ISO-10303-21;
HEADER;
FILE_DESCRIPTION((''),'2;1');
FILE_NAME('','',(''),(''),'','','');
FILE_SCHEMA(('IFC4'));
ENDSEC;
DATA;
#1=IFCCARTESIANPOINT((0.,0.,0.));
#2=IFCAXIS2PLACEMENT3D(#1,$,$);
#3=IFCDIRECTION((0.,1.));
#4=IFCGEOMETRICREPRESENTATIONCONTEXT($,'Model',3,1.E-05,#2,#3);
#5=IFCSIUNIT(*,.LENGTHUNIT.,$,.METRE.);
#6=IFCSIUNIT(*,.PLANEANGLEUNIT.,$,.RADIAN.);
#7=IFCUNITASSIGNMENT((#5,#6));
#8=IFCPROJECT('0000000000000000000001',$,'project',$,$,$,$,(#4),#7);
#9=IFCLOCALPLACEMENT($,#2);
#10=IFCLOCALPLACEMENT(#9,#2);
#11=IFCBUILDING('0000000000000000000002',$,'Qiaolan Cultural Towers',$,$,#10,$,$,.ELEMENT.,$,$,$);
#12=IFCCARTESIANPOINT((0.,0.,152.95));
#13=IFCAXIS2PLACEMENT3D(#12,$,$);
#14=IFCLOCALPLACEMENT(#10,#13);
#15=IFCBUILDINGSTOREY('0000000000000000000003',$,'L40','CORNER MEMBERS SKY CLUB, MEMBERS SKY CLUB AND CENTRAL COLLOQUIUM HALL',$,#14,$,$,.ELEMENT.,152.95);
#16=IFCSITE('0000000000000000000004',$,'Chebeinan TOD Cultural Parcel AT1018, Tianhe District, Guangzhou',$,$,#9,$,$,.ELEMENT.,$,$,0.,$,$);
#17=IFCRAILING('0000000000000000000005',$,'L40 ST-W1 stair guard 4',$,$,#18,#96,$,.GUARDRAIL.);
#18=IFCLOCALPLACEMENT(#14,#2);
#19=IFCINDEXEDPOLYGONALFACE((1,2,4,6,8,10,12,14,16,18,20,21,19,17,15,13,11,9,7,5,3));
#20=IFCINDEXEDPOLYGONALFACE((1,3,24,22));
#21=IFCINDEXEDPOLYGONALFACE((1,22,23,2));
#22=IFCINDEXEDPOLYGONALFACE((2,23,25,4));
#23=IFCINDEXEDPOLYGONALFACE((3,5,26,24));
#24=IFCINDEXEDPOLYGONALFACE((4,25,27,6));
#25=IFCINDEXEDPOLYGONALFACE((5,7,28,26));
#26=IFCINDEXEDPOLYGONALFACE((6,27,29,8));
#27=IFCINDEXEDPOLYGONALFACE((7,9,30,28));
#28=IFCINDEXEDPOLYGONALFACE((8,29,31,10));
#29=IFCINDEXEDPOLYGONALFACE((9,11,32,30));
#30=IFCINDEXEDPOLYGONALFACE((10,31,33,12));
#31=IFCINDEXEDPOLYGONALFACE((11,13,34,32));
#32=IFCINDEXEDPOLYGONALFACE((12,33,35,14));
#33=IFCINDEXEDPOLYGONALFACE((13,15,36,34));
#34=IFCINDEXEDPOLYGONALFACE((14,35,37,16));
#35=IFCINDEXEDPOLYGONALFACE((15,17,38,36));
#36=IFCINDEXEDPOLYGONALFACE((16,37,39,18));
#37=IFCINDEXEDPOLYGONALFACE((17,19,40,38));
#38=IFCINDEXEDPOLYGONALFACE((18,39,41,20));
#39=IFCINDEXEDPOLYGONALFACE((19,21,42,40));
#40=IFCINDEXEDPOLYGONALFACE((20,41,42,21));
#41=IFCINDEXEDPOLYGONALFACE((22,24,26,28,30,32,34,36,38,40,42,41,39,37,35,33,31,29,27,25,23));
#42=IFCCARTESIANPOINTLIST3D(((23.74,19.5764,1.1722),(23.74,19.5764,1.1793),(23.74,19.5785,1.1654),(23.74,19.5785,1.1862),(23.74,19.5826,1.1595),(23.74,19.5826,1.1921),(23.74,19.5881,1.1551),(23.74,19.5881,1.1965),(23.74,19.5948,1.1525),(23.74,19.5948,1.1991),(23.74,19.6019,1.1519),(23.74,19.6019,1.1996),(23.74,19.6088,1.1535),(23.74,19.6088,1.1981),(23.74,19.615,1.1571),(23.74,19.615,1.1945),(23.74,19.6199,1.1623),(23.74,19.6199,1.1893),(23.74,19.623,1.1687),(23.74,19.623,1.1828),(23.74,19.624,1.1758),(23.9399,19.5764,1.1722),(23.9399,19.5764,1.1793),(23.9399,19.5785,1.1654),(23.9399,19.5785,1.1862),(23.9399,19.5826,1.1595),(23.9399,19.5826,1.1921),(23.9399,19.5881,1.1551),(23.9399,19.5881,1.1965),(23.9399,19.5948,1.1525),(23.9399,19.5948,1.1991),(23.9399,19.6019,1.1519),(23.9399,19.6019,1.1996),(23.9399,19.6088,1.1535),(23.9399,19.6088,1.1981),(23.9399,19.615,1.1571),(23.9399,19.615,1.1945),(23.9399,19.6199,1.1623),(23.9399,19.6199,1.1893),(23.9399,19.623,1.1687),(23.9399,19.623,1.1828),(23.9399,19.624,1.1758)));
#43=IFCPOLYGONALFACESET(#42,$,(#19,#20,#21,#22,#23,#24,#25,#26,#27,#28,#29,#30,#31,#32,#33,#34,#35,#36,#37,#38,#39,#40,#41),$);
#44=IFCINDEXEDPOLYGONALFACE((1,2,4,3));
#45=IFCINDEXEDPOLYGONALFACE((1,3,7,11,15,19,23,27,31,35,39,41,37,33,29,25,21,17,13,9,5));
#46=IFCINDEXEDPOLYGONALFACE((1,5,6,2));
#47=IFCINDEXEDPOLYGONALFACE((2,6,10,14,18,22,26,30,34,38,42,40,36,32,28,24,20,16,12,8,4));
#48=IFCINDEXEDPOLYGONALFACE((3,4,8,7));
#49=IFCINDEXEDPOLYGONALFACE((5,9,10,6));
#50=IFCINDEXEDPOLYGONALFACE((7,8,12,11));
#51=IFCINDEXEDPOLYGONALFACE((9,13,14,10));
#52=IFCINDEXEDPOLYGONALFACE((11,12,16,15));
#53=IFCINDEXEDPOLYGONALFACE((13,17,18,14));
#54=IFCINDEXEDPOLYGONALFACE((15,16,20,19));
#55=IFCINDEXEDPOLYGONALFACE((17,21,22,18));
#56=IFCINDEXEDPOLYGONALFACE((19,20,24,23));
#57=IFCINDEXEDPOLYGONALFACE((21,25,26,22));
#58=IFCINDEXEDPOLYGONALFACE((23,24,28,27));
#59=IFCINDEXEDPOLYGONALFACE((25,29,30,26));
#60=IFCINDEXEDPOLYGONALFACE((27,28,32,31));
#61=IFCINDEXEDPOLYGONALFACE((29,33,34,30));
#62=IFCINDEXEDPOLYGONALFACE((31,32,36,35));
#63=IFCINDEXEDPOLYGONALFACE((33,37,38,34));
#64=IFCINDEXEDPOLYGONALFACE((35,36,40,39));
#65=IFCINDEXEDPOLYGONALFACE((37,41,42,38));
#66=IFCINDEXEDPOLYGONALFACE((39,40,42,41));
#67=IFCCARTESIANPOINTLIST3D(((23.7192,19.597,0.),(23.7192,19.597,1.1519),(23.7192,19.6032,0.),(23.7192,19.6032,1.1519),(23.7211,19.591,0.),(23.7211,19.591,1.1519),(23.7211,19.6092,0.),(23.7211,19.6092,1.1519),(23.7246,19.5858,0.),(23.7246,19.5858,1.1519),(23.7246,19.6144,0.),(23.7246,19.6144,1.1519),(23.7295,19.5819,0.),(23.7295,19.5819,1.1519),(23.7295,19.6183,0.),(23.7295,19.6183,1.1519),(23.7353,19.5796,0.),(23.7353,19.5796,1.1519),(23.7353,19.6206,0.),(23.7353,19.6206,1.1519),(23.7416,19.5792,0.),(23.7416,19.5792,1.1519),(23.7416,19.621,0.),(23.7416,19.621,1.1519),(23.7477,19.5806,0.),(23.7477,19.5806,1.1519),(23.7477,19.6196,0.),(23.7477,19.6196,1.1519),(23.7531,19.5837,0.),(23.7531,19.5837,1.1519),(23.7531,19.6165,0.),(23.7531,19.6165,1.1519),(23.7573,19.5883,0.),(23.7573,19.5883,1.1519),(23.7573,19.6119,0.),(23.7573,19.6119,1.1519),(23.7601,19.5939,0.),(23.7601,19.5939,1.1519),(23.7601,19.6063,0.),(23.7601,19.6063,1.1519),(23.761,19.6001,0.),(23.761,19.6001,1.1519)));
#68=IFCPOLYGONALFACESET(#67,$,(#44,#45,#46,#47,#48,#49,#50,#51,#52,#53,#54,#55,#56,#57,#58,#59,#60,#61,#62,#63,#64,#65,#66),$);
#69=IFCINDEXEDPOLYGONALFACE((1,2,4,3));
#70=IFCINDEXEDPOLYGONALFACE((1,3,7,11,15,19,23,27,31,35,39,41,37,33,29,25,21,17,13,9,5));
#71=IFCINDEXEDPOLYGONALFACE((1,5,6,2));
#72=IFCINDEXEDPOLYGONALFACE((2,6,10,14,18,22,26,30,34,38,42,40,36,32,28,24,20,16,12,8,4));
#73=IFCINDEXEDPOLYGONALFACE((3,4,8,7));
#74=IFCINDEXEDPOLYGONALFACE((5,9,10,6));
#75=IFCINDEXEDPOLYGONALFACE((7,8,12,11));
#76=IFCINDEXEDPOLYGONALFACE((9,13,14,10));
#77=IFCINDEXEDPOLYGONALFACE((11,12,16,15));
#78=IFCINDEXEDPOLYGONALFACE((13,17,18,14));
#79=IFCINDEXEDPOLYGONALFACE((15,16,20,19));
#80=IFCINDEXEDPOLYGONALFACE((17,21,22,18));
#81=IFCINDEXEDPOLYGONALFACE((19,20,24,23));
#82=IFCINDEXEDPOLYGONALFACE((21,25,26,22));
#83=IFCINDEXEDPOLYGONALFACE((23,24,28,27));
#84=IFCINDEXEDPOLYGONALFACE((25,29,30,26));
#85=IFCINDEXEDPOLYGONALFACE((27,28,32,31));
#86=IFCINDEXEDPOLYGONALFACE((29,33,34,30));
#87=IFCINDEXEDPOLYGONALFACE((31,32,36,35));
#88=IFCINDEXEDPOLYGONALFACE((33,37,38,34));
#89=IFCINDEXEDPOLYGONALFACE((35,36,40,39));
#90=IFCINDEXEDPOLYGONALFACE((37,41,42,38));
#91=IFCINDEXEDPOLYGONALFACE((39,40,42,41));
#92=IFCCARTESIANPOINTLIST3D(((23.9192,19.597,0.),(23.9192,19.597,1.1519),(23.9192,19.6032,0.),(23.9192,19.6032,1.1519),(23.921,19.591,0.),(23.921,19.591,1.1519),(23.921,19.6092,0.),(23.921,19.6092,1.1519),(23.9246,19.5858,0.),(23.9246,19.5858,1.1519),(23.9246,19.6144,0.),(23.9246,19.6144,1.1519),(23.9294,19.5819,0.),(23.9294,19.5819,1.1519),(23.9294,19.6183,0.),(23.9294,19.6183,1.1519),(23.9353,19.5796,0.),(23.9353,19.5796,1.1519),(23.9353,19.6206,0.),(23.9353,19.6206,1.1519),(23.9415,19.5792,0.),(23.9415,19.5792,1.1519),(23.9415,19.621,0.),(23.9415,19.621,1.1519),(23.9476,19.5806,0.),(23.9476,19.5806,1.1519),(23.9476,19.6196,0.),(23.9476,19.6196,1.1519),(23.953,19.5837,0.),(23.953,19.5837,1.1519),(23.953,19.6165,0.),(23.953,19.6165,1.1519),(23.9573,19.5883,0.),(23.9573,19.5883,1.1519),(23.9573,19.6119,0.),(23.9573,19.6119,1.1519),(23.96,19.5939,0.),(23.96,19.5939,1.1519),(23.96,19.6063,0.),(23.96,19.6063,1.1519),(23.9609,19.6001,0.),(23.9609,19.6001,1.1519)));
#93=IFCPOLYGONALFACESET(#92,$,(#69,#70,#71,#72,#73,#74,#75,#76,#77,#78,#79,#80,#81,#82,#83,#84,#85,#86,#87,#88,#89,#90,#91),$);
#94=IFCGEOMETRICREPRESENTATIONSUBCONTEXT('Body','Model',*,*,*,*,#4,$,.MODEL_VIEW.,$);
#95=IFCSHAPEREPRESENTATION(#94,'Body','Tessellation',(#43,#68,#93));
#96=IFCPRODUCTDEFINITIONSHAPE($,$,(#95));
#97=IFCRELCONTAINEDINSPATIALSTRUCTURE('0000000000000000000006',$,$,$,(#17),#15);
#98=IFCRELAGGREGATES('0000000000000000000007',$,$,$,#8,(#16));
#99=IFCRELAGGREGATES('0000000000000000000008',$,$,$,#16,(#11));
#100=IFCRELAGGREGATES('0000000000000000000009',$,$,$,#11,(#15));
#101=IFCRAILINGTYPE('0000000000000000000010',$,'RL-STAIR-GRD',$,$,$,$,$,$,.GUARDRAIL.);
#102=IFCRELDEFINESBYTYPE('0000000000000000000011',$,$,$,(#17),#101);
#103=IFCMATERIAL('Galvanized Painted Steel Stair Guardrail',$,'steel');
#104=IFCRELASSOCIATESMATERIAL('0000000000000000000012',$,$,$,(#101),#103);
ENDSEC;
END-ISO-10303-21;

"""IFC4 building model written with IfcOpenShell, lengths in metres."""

from ifc_helpers import new_model, si_unit, direction, frame, origin, origin_2d, place, context, subcontext, project, spatial, circle, extrude, material, type_object, element, save


model = new_model("IFC4")

# Units and contexts
model_context = context("Model", 3, precision=1e-05, world=origin(), true_north=direction((0.0, 1.0)))
body_context = subcontext(model_context, "Body", "Model", "MODEL_VIEW")
ifc_project = project(units=[si_unit("LENGTHUNIT", "METRE"), si_unit("PLANEANGLEUNIT", "RADIAN")], contexts=[model_context])

# Site, building, storey
site_placement = place(None, origin())
site = spatial("IfcSite", under=ifc_project, at=site_placement, Name="Chebeinan TOD Cultural Parcel AT1018, Tianhe District, Guangzhou", CompositionType="ELEMENT", RefElevation=0.0)
building_placement = place(site_placement, origin())
building = spatial("IfcBuilding", under=site, at=building_placement, Name="Qiaolan Cultural Towers", CompositionType="ELEMENT")
storey_placement = place(building_placement, frame((0.0, 0.0, 152.95)))
storey = spatial("IfcBuildingStorey", under=building, at=storey_placement, Name="L40", Description="CORNER MEMBERS SKY CLUB, MEMBERS SKY CLUB AND CENTRAL COLLOQUIUM HALL", CompositionType="ELEMENT", Elevation=152.95)

# Railing
ifc_material_1 = material(Name="Galvanized Painted Steel Stair Guardrail", Category="steel")
railing_type_1 = type_object("IfcRailingType", Name="RL-STAIR-GRD", PredefinedType="GUARDRAIL", material=ifc_material_1)
railing_1_placement = place(storey_placement, frame((23.74, 19.6001, 0.0)))
element("IfcRailing", 1, at=railing_1_placement, inside=storey, type_object=railing_type_1, Name="L40 ST-W1 stair guard 4", PredefinedType="GUARDRAIL", context=body_context, shape_type="SweptSolid", body=[
    extrude(circle(Radius=0.0239, at=origin_2d()), frame((0.0, 0.0, 1.1758), z_axis=(1.0, 0.0, 0.0), x_axis=(0.0, 1.0, 0.0)), (0.0, 0.0, 1.0), 0.2),
    extrude(circle(Radius=0.021, at=origin_2d()), origin(), (0.0, 0.0, 1.0), 1.1519),
    extrude(circle(Radius=0.021, at=origin_2d()), frame((0.2, 0.0, 0.0)), (0.0, 0.0, 1.0), 1.1519),
])

save(model, "model.ifc")
